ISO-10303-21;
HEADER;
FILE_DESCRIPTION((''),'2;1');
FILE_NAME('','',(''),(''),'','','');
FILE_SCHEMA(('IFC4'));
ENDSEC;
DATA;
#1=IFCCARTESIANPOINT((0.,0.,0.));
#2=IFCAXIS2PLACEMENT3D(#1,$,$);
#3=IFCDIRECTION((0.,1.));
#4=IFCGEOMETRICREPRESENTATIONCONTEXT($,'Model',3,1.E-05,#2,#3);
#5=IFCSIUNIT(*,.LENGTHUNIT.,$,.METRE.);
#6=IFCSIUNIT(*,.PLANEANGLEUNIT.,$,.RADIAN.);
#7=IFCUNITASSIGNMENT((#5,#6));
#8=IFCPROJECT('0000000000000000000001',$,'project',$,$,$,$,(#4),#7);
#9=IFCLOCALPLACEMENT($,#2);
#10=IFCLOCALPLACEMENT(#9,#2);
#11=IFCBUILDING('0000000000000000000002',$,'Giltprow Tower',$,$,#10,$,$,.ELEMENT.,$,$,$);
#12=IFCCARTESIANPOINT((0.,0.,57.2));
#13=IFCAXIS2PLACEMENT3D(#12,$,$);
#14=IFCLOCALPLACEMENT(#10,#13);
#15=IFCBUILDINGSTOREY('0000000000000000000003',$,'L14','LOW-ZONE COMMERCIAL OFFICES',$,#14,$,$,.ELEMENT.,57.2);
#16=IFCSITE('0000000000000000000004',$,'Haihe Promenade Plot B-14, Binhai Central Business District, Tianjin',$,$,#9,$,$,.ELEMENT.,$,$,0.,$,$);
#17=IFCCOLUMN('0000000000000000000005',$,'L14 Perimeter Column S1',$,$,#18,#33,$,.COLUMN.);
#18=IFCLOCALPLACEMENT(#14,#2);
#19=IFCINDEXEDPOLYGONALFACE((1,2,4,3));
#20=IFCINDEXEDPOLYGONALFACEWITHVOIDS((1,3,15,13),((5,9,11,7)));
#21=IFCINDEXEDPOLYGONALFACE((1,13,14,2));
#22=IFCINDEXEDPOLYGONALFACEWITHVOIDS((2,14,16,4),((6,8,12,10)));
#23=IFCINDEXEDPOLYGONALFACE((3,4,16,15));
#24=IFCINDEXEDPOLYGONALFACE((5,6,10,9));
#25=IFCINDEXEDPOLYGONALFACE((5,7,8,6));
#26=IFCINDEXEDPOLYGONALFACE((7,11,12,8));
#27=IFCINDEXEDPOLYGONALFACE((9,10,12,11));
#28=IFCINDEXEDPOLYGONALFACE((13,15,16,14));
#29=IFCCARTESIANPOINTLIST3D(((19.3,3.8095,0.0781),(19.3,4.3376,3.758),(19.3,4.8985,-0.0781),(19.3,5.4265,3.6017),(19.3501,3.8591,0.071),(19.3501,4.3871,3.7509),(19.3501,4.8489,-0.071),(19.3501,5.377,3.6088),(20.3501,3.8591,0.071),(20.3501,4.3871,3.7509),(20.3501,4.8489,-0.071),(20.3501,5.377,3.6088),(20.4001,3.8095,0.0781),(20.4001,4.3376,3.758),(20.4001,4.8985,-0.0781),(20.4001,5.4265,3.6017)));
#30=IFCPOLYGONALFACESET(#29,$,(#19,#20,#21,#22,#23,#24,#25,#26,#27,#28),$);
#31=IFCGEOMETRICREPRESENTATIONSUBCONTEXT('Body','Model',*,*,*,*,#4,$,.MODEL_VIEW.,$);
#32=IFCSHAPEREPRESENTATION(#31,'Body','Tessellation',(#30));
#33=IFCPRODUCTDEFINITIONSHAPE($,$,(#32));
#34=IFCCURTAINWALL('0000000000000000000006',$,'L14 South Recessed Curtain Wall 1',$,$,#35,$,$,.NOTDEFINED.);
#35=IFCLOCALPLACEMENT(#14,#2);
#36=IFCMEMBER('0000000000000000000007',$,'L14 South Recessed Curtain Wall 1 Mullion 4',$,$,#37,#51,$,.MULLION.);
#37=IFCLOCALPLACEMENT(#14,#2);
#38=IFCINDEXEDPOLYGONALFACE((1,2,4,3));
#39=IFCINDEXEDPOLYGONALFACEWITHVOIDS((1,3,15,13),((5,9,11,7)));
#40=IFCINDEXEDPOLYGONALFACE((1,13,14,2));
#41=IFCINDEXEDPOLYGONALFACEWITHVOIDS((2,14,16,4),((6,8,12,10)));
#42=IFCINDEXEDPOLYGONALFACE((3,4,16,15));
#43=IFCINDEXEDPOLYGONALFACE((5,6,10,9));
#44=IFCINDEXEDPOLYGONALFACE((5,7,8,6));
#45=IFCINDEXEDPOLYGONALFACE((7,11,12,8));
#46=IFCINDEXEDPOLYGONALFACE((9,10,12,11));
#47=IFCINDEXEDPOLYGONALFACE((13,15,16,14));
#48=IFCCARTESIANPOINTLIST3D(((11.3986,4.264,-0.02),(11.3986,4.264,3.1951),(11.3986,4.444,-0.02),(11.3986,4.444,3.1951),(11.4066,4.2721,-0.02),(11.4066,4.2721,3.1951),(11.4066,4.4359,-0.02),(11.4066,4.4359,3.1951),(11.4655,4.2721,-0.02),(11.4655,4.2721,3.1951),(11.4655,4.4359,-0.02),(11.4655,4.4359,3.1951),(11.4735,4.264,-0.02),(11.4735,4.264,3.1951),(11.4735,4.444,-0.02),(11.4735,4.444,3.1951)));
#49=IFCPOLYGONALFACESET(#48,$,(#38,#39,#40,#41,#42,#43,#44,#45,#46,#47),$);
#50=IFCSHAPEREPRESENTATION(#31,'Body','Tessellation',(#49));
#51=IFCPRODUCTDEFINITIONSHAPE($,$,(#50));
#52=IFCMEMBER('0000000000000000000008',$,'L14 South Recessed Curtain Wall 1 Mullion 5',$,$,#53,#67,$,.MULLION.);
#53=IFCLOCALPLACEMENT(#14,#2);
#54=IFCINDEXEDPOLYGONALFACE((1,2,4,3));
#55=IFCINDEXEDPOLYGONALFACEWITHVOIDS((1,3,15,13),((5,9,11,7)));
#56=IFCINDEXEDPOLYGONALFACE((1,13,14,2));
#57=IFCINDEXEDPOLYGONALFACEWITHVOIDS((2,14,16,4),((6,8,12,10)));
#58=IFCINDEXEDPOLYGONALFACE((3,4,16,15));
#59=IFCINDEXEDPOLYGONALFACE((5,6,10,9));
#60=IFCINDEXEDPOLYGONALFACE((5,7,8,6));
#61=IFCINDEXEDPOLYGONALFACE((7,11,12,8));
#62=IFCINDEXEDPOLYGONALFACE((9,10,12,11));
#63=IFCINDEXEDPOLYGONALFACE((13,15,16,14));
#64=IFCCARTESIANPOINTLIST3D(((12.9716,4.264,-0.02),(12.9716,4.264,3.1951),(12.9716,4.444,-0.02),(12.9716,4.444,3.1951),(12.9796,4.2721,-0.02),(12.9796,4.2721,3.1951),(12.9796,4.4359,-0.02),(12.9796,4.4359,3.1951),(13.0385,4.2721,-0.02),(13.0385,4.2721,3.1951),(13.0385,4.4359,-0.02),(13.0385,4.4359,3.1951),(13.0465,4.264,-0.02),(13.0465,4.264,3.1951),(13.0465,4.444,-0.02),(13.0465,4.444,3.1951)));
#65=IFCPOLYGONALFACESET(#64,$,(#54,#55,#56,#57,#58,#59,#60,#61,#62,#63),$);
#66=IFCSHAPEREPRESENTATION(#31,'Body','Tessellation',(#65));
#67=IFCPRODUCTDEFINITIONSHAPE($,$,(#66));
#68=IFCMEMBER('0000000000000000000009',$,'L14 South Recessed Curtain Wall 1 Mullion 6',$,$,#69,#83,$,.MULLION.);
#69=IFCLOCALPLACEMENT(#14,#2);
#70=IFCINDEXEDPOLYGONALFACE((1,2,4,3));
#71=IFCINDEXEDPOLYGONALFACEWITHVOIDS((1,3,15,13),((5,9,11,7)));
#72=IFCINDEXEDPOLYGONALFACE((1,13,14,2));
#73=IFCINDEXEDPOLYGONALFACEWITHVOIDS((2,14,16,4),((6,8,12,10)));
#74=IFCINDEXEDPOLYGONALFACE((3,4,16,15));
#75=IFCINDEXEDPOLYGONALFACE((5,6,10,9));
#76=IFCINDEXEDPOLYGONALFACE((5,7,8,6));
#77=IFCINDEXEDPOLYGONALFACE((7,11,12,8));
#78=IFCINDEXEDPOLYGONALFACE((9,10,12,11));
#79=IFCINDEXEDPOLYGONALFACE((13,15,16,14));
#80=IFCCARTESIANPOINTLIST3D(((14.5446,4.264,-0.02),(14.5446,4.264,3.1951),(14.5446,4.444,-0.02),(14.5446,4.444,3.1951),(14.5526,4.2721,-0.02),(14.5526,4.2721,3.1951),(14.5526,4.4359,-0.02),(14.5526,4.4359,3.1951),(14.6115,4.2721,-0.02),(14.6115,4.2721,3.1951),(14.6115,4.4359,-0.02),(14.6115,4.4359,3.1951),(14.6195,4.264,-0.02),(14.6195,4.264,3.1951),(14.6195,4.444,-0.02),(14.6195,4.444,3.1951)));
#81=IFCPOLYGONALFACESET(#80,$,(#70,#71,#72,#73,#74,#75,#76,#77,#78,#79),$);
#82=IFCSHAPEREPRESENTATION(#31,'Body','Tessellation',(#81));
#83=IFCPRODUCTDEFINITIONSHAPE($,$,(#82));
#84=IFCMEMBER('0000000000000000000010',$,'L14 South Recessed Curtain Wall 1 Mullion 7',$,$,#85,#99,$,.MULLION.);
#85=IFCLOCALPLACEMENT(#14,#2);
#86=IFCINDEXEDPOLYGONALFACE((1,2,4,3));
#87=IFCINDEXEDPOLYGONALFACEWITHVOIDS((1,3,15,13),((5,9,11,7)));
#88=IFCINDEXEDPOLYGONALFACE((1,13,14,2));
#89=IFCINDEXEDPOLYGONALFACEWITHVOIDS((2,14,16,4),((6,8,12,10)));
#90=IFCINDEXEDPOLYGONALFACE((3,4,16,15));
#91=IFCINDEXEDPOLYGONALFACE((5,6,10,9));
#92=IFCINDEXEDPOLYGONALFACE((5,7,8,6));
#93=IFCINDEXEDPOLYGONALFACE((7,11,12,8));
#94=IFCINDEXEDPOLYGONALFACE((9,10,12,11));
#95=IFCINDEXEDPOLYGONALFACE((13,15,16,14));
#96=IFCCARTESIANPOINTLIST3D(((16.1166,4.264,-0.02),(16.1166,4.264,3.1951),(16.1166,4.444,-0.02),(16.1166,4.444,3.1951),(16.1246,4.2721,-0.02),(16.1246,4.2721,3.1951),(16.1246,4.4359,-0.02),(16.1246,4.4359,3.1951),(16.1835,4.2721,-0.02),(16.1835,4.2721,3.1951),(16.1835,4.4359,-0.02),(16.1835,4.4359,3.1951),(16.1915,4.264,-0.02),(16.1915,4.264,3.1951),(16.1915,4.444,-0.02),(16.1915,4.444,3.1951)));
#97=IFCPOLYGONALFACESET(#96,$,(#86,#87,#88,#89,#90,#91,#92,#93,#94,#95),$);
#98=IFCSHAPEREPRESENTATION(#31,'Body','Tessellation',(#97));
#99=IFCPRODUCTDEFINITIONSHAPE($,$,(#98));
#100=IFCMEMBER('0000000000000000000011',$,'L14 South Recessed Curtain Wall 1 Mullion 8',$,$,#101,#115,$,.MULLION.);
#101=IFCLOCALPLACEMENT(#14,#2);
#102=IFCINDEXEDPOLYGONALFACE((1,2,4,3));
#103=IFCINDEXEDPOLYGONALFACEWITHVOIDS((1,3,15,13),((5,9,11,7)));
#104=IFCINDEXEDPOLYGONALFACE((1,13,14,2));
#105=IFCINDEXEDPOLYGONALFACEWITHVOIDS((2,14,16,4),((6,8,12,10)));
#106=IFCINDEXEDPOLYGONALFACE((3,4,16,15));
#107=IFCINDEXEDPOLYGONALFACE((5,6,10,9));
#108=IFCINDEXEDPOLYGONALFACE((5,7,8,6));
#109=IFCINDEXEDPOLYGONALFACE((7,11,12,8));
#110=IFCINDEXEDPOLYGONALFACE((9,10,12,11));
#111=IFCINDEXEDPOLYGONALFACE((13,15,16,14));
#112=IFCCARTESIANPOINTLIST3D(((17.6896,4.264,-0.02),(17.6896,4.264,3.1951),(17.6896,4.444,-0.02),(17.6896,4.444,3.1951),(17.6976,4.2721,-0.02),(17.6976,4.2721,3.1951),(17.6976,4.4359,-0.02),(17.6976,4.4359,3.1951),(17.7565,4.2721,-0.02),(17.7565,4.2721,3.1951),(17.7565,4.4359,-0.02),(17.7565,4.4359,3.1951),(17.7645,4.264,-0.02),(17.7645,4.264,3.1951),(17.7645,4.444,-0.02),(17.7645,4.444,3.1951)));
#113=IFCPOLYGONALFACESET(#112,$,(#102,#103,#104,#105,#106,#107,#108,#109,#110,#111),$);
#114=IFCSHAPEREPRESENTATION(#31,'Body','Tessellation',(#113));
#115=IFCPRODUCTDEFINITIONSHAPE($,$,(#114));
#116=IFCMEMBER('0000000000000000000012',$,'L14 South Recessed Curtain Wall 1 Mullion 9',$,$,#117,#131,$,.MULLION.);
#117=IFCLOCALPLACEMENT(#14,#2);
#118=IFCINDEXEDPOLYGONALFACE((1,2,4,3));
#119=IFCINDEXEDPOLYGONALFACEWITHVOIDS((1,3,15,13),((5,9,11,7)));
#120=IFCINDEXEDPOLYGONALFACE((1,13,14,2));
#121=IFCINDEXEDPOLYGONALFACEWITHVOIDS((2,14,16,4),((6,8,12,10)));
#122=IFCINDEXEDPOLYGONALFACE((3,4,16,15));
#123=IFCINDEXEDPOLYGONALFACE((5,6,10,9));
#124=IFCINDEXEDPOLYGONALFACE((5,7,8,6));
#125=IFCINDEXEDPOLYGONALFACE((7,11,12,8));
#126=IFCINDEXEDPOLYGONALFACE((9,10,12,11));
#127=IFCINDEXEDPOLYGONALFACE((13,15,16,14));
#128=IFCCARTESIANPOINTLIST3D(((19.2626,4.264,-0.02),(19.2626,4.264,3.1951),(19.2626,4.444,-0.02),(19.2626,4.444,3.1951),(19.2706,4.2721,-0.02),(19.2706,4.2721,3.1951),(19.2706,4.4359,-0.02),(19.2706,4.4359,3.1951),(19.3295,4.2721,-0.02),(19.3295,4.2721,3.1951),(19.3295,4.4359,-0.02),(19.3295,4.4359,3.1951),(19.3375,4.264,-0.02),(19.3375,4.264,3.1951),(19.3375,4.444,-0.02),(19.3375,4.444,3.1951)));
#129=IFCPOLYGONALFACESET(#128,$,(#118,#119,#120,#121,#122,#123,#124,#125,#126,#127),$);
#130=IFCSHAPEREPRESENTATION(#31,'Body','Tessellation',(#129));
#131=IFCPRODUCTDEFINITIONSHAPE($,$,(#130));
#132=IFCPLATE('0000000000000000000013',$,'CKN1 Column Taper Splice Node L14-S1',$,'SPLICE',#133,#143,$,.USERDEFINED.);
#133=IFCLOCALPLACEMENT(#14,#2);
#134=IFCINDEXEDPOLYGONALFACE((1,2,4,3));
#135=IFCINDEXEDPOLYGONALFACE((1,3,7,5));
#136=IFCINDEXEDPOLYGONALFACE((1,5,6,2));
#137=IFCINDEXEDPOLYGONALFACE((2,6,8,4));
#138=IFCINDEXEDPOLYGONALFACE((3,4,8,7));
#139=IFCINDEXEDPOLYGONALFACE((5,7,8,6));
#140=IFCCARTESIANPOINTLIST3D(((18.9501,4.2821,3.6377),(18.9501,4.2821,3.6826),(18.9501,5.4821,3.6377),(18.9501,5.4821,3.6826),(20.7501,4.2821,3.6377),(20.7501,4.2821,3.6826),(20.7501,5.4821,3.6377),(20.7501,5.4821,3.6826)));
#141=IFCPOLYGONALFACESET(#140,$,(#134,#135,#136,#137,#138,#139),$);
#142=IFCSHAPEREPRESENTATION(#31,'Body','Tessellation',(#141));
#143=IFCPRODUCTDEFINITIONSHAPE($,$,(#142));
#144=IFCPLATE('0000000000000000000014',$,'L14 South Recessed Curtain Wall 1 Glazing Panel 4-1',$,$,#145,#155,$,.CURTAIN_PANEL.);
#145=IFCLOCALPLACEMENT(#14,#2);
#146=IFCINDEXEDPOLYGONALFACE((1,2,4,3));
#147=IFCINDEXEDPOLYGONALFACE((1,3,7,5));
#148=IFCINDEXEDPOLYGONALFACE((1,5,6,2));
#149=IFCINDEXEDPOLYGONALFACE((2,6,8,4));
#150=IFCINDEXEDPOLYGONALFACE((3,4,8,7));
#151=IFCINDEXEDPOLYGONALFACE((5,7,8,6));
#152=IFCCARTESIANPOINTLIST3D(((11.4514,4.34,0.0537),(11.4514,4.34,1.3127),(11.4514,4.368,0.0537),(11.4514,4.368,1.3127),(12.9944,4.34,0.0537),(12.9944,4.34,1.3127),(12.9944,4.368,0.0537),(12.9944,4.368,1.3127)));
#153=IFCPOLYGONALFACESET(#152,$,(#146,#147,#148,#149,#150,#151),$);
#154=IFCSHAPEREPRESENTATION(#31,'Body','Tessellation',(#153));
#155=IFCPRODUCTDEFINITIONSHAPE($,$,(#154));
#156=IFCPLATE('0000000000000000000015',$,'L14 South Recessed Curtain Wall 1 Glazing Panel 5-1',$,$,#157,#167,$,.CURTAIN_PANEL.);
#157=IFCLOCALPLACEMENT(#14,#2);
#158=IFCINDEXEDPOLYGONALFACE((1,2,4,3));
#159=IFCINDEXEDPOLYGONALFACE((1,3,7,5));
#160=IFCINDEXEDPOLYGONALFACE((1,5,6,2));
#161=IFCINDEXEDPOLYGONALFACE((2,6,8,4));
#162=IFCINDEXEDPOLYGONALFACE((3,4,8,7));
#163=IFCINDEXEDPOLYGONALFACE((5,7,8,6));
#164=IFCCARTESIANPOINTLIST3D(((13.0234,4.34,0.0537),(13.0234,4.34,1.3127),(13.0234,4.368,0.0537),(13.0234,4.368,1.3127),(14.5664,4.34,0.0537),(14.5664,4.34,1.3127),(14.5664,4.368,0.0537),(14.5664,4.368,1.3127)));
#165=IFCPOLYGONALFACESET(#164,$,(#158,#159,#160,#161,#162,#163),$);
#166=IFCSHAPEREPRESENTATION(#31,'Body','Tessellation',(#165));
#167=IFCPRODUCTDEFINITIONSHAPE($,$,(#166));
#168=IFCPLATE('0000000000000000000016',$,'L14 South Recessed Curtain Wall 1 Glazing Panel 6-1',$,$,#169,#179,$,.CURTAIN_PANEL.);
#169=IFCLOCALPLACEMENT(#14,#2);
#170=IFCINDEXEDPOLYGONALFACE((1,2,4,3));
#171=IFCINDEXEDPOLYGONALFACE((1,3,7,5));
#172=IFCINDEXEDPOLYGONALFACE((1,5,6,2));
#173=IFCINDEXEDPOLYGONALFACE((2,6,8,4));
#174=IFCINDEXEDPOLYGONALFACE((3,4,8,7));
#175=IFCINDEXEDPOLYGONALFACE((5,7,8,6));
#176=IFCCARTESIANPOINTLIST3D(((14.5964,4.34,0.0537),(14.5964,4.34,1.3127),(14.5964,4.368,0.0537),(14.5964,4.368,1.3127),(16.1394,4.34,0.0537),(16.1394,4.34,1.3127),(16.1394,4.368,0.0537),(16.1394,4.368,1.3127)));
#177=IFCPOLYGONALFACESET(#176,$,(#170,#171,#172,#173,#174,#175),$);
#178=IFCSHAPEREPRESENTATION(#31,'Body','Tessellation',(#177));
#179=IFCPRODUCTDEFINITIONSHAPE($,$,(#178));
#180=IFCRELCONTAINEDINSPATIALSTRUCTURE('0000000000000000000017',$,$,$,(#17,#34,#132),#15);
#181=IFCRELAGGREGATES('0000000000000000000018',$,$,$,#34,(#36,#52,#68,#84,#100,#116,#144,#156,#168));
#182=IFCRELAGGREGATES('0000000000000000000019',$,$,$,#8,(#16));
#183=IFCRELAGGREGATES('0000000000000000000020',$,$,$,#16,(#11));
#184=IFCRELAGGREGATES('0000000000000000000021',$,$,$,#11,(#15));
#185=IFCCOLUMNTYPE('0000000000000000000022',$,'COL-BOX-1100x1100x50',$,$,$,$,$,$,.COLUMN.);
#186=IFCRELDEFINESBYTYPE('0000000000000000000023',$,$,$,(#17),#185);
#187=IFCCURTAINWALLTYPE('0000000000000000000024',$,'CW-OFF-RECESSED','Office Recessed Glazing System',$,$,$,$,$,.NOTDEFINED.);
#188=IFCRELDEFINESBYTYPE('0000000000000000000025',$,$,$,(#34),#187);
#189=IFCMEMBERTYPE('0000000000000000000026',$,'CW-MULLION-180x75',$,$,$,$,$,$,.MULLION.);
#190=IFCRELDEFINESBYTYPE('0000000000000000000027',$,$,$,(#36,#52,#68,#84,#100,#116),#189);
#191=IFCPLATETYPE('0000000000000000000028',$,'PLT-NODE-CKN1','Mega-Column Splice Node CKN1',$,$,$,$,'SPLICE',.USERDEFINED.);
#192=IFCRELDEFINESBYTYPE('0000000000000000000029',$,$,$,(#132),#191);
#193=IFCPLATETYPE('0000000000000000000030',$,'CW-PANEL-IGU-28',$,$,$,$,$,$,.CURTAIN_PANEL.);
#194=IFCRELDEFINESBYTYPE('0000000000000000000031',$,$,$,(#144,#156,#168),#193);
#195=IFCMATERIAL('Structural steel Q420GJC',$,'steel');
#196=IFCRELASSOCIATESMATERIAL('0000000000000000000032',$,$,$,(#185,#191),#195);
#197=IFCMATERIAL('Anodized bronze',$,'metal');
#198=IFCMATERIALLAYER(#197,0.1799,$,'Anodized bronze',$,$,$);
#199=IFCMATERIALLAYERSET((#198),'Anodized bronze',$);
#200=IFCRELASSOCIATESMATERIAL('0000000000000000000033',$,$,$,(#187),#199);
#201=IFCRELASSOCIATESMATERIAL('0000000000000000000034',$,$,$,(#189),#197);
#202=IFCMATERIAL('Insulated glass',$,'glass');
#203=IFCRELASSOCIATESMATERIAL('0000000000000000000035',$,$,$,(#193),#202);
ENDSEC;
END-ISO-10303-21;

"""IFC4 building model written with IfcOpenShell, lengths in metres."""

from ifc_helpers import new_model, si_unit, direction, frame, origin, origin_2d, place, context, subcontext, project, spatial, rectangle, hollow_rectangle, extrude, source, transform, mapped, material, layer, layer_set, material_profile, profile_set, type_object, element, aggregate, save


model = new_model("IFC4")

# Units and contexts
model_context = context("Model", 3, precision=1e-05, world=origin(), true_north=direction((0.0, 1.0)))
body_context = subcontext(model_context, "Body", "Model", "MODEL_VIEW")
ifc_project = project(units=[si_unit("LENGTHUNIT", "METRE"), si_unit("PLANEANGLEUNIT", "RADIAN")], contexts=[model_context])

# Site, building, storey
site_placement = place(None, origin())
site = spatial("IfcSite", under=ifc_project, at=site_placement, Name="Haihe Promenade Plot B-14, Binhai Central Business District, Tianjin", CompositionType="ELEMENT", RefElevation=0.0)
building_placement = place(site_placement, origin())
building = spatial("IfcBuilding", under=site, at=building_placement, Name="Giltprow Tower", CompositionType="ELEMENT")
storey_placement = place(building_placement, frame((0.0, 0.0, 57.2)))
storey = spatial("IfcBuildingStorey", under=building, at=storey_placement, Name="L14", Description="LOW-ZONE COMMERCIAL OFFICES", CompositionType="ELEMENT", Elevation=57.2)

# Column
ifc_material_1 = material(Name="Structural steel Q420GJC", Category="steel")
ifc_material_profile_1 = material_profile(ifc_material_1, hollow_rectangle(XDim=1.1001, YDim=1.1001, WallThickness=0.05, at=origin_2d()), Name="BOX 1100x1100x50")
ifc_profile_set_1 = profile_set([ifc_material_profile_1], Name="Structural steel Q420GJC")
column_type = type_object("IfcColumnType", Name="COL-BOX-1100x1100x50", PredefinedType="COLUMN", material=ifc_profile_set_1)
shared_shape_1 = source(origin(), body_context, "Body", "SweptSolid", [
    extrude(hollow_rectangle(XDim=1.1001, YDim=1.1001, WallThickness=0.05, at=origin_2d()), origin(), (0.0, 0.0, 1.0), 3.7175),
])
column_placement = place(storey_placement, frame((19.8501, 4.354, 0.0), z_axis=(0.0, 0.142047, 0.98986), x_axis=(-1.0, 0.0, 0.0)))
element("IfcColumn", 1, at=column_placement, inside=storey, type_object=column_type, Name="L14 Perimeter Column S1", PredefinedType="COLUMN", context=body_context, shape_type="MappedRepresentation", body=[
    mapped(shared_shape_1, transform((0.0, 0.0, 0.0), x_axis=(1.0, 0.0, 0.0), y_axis=(0.0, 1.0, 0.0), z_axis=(0.0, 0.0, 1.0), scale=1.0)),
])

# Curtain wall, members
ifc_material_2 = material(Name="Anodized bronze", Category="metal")
ifc_layer = layer(ifc_material_2, 0.1799, Name="Anodized bronze")
ifc_layer_set = layer_set([ifc_layer], Name="Anodized bronze")
curtain_wall_type = type_object("IfcCurtainWallType", Name="CW-OFF-RECESSED", Description="Office Recessed Glazing System", PredefinedType="NOTDEFINED", material=ifc_layer_set)
curtain_wall_placement = place(storey_placement, origin())
curtain_wall = element("IfcCurtainWall", 2, at=curtain_wall_placement, inside=storey, type_object=curtain_wall_type, Name="L14 South Recessed Curtain Wall 1", PredefinedType="NOTDEFINED")
ifc_material_profile_2 = material_profile(ifc_material_2, hollow_rectangle(XDim=0.075, YDim=0.1799, WallThickness=0.0081, at=origin_2d()), Name="RHS 180x75x8")
ifc_profile_set_2 = profile_set([ifc_material_profile_2], Name="Anodized bronze")
member_type = type_object("IfcMemberType", Name="CW-MULLION-180x75", PredefinedType="MULLION", material=ifc_profile_set_2)
shared_shape_2 = source(origin(), body_context, "Body", "SweptSolid", [
    extrude(hollow_rectangle(XDim=0.075, YDim=0.1799, WallThickness=0.0081, at=origin_2d()), origin(), (0.0, 0.0, 1.0), 3.2151),
])
member_1_placement = place(storey_placement, frame((11.436, 4.354, -0.02), z_axis=(0.0, 0.0, 1.0), x_axis=(1.0, 0.0, 0.0)))
member_1 = element("IfcMember", 3, at=member_1_placement, type_object=member_type, Name="L14 South Recessed Curtain Wall 1 Mullion 4", PredefinedType="MULLION", context=body_context, shape_type="MappedRepresentation", body=[
    mapped(shared_shape_2, transform((0.0, 0.0, 0.0), x_axis=(1.0, 0.0, 0.0), y_axis=(0.0, 1.0, 0.0), z_axis=(0.0, 0.0, 1.0), scale=1.0)),
])
member_2_placement = place(storey_placement, frame((13.009, 4.354, -0.02), z_axis=(0.0, 0.0, 1.0), x_axis=(1.0, 0.0, 0.0)))
member_2 = element("IfcMember", 4, at=member_2_placement, type_object=member_type, Name="L14 South Recessed Curtain Wall 1 Mullion 5", PredefinedType="MULLION", context=body_context, shape_type="MappedRepresentation", body=[
    mapped(shared_shape_2, transform((0.0, 0.0, 0.0), x_axis=(1.0, 0.0, 0.0), y_axis=(0.0, 1.0, 0.0), z_axis=(0.0, 0.0, 1.0), scale=1.0)),
])
member_3_placement = place(storey_placement, frame((14.582, 4.354, -0.02), z_axis=(0.0, 0.0, 1.0), x_axis=(1.0, 0.0, 0.0)))
member_3 = element("IfcMember", 5, at=member_3_placement, type_object=member_type, Name="L14 South Recessed Curtain Wall 1 Mullion 6", PredefinedType="MULLION", context=body_context, shape_type="MappedRepresentation", body=[
    mapped(shared_shape_2, transform((0.0, 0.0, 0.0), x_axis=(1.0, 0.0, 0.0), y_axis=(0.0, 1.0, 0.0), z_axis=(0.0, 0.0, 1.0), scale=1.0)),
])
member_4_placement = place(storey_placement, frame((16.1541, 4.354, -0.02), z_axis=(0.0, 0.0, 1.0), x_axis=(1.0, 0.0, 0.0)))
member_4 = element("IfcMember", 6, at=member_4_placement, type_object=member_type, Name="L14 South Recessed Curtain Wall 1 Mullion 7", PredefinedType="MULLION", context=body_context, shape_type="MappedRepresentation", body=[
    mapped(shared_shape_2, transform((0.0, 0.0, 0.0), x_axis=(1.0, 0.0, 0.0), y_axis=(0.0, 1.0, 0.0), z_axis=(0.0, 0.0, 1.0), scale=1.0)),
])
member_5_placement = place(storey_placement, frame((17.7271, 4.354, -0.02), z_axis=(0.0, 0.0, 1.0), x_axis=(1.0, 0.0, 0.0)))
member_5 = element("IfcMember", 7, at=member_5_placement, type_object=member_type, Name="L14 South Recessed Curtain Wall 1 Mullion 8", PredefinedType="MULLION", context=body_context, shape_type="MappedRepresentation", body=[
    mapped(shared_shape_2, transform((0.0, 0.0, 0.0), x_axis=(1.0, 0.0, 0.0), y_axis=(0.0, 1.0, 0.0), z_axis=(0.0, 0.0, 1.0), scale=1.0)),
])
member_6_placement = place(storey_placement, frame((19.3, 4.354, -0.02), z_axis=(0.0, 0.0, 1.0), x_axis=(1.0, 0.0, 0.0)))
member_6 = element("IfcMember", 8, at=member_6_placement, type_object=member_type, Name="L14 South Recessed Curtain Wall 1 Mullion 9", PredefinedType="MULLION", context=body_context, shape_type="MappedRepresentation", body=[
    mapped(shared_shape_2, transform((0.0, 0.0, 0.0), x_axis=(1.0, 0.0, 0.0), y_axis=(0.0, 1.0, 0.0), z_axis=(0.0, 0.0, 1.0), scale=1.0)),
])

# Plates
plate_type_1 = type_object("IfcPlateType", Name="PLT-NODE-CKN1", Description="Mega-Column Splice Node CKN1", ElementType="SPLICE", PredefinedType="USERDEFINED", material=ifc_material_1)
shared_shape_3 = source(origin(), body_context, "Body", "SweptSolid", [
    extrude(rectangle(XDim=1.8, YDim=1.2, at=origin_2d()), origin(), (0.0, 0.0, 1.0), 0.0449),
])
plate_1_placement = place(storey_placement, frame((19.8501, 4.8821, 3.6377), z_axis=(0.0, 0.0, 1.0), x_axis=(1.0, 0.0, 0.0)))
element("IfcPlate", 9, at=plate_1_placement, inside=storey, type_object=plate_type_1, Name="CKN1 Column Taper Splice Node L14-S1", ObjectType="SPLICE", PredefinedType="USERDEFINED", context=body_context, shape_type="MappedRepresentation", body=[
    mapped(shared_shape_3, transform((0.0, 0.0, 0.0), x_axis=(1.0, 0.0, 0.0), y_axis=(0.0, 1.0, 0.0), z_axis=(0.0, 0.0, 1.0), scale=1.0)),
])
ifc_material_3 = material(Name="Insulated glass", Category="glass")
plate_type_2 = type_object("IfcPlateType", Name="CW-PANEL-IGU-28", PredefinedType="CURTAIN_PANEL", material=ifc_material_3)
shared_shape_4 = source(origin(), body_context, "Body", "SweptSolid", [
    extrude(rectangle(XDim=1.543, YDim=0.0281, at=origin_2d()), origin(), (0.0, 0.0, 1.0), 1.259),
])
plate_2_placement = place(storey_placement, frame((12.2229, 4.354, 0.0537), z_axis=(0.0, 0.0, 1.0), x_axis=(1.0, 0.0, 0.0)))
plate_2 = element("IfcPlate", 10, at=plate_2_placement, type_object=plate_type_2, Name="L14 South Recessed Curtain Wall 1 Glazing Panel 4-1", PredefinedType="CURTAIN_PANEL", context=body_context, shape_type="MappedRepresentation", body=[
    mapped(shared_shape_4, transform((0.0, 0.0, 0.0), x_axis=(1.0, 0.0, 0.0), y_axis=(0.0, 1.0, 0.0), z_axis=(0.0, 0.0, 1.0), scale=1.0)),
])
plate_3_placement = place(storey_placement, frame((13.7949, 4.354, 0.0537), z_axis=(0.0, 0.0, 1.0), x_axis=(1.0, 0.0, 0.0)))
plate_3 = element("IfcPlate", 11, at=plate_3_placement, type_object=plate_type_2, Name="L14 South Recessed Curtain Wall 1 Glazing Panel 5-1", PredefinedType="CURTAIN_PANEL", context=body_context, shape_type="MappedRepresentation", body=[
    mapped(shared_shape_4, transform((0.0, 0.0, 0.0), x_axis=(1.0, 0.0, 0.0), y_axis=(0.0, 1.0, 0.0), z_axis=(0.0, 0.0, 1.0), scale=1.0)),
])
plate_4_placement = place(storey_placement, frame((15.3679, 4.354, 0.0537), z_axis=(0.0, 0.0, 1.0), x_axis=(1.0, 0.0, 0.0)))
plate_4 = element("IfcPlate", 12, at=plate_4_placement, type_object=plate_type_2, Name="L14 South Recessed Curtain Wall 1 Glazing Panel 6-1", PredefinedType="CURTAIN_PANEL", context=body_context, shape_type="MappedRepresentation", body=[
    mapped(shared_shape_4, transform((0.0, 0.0, 0.0), x_axis=(1.0, 0.0, 0.0), y_axis=(0.0, 1.0, 0.0), z_axis=(0.0, 0.0, 1.0), scale=1.0)),
])
aggregate(curtain_wall, [member_1, member_2, member_3, member_4, member_5, member_6, plate_2, plate_3, plate_4])

save(model, "model.ifc")
